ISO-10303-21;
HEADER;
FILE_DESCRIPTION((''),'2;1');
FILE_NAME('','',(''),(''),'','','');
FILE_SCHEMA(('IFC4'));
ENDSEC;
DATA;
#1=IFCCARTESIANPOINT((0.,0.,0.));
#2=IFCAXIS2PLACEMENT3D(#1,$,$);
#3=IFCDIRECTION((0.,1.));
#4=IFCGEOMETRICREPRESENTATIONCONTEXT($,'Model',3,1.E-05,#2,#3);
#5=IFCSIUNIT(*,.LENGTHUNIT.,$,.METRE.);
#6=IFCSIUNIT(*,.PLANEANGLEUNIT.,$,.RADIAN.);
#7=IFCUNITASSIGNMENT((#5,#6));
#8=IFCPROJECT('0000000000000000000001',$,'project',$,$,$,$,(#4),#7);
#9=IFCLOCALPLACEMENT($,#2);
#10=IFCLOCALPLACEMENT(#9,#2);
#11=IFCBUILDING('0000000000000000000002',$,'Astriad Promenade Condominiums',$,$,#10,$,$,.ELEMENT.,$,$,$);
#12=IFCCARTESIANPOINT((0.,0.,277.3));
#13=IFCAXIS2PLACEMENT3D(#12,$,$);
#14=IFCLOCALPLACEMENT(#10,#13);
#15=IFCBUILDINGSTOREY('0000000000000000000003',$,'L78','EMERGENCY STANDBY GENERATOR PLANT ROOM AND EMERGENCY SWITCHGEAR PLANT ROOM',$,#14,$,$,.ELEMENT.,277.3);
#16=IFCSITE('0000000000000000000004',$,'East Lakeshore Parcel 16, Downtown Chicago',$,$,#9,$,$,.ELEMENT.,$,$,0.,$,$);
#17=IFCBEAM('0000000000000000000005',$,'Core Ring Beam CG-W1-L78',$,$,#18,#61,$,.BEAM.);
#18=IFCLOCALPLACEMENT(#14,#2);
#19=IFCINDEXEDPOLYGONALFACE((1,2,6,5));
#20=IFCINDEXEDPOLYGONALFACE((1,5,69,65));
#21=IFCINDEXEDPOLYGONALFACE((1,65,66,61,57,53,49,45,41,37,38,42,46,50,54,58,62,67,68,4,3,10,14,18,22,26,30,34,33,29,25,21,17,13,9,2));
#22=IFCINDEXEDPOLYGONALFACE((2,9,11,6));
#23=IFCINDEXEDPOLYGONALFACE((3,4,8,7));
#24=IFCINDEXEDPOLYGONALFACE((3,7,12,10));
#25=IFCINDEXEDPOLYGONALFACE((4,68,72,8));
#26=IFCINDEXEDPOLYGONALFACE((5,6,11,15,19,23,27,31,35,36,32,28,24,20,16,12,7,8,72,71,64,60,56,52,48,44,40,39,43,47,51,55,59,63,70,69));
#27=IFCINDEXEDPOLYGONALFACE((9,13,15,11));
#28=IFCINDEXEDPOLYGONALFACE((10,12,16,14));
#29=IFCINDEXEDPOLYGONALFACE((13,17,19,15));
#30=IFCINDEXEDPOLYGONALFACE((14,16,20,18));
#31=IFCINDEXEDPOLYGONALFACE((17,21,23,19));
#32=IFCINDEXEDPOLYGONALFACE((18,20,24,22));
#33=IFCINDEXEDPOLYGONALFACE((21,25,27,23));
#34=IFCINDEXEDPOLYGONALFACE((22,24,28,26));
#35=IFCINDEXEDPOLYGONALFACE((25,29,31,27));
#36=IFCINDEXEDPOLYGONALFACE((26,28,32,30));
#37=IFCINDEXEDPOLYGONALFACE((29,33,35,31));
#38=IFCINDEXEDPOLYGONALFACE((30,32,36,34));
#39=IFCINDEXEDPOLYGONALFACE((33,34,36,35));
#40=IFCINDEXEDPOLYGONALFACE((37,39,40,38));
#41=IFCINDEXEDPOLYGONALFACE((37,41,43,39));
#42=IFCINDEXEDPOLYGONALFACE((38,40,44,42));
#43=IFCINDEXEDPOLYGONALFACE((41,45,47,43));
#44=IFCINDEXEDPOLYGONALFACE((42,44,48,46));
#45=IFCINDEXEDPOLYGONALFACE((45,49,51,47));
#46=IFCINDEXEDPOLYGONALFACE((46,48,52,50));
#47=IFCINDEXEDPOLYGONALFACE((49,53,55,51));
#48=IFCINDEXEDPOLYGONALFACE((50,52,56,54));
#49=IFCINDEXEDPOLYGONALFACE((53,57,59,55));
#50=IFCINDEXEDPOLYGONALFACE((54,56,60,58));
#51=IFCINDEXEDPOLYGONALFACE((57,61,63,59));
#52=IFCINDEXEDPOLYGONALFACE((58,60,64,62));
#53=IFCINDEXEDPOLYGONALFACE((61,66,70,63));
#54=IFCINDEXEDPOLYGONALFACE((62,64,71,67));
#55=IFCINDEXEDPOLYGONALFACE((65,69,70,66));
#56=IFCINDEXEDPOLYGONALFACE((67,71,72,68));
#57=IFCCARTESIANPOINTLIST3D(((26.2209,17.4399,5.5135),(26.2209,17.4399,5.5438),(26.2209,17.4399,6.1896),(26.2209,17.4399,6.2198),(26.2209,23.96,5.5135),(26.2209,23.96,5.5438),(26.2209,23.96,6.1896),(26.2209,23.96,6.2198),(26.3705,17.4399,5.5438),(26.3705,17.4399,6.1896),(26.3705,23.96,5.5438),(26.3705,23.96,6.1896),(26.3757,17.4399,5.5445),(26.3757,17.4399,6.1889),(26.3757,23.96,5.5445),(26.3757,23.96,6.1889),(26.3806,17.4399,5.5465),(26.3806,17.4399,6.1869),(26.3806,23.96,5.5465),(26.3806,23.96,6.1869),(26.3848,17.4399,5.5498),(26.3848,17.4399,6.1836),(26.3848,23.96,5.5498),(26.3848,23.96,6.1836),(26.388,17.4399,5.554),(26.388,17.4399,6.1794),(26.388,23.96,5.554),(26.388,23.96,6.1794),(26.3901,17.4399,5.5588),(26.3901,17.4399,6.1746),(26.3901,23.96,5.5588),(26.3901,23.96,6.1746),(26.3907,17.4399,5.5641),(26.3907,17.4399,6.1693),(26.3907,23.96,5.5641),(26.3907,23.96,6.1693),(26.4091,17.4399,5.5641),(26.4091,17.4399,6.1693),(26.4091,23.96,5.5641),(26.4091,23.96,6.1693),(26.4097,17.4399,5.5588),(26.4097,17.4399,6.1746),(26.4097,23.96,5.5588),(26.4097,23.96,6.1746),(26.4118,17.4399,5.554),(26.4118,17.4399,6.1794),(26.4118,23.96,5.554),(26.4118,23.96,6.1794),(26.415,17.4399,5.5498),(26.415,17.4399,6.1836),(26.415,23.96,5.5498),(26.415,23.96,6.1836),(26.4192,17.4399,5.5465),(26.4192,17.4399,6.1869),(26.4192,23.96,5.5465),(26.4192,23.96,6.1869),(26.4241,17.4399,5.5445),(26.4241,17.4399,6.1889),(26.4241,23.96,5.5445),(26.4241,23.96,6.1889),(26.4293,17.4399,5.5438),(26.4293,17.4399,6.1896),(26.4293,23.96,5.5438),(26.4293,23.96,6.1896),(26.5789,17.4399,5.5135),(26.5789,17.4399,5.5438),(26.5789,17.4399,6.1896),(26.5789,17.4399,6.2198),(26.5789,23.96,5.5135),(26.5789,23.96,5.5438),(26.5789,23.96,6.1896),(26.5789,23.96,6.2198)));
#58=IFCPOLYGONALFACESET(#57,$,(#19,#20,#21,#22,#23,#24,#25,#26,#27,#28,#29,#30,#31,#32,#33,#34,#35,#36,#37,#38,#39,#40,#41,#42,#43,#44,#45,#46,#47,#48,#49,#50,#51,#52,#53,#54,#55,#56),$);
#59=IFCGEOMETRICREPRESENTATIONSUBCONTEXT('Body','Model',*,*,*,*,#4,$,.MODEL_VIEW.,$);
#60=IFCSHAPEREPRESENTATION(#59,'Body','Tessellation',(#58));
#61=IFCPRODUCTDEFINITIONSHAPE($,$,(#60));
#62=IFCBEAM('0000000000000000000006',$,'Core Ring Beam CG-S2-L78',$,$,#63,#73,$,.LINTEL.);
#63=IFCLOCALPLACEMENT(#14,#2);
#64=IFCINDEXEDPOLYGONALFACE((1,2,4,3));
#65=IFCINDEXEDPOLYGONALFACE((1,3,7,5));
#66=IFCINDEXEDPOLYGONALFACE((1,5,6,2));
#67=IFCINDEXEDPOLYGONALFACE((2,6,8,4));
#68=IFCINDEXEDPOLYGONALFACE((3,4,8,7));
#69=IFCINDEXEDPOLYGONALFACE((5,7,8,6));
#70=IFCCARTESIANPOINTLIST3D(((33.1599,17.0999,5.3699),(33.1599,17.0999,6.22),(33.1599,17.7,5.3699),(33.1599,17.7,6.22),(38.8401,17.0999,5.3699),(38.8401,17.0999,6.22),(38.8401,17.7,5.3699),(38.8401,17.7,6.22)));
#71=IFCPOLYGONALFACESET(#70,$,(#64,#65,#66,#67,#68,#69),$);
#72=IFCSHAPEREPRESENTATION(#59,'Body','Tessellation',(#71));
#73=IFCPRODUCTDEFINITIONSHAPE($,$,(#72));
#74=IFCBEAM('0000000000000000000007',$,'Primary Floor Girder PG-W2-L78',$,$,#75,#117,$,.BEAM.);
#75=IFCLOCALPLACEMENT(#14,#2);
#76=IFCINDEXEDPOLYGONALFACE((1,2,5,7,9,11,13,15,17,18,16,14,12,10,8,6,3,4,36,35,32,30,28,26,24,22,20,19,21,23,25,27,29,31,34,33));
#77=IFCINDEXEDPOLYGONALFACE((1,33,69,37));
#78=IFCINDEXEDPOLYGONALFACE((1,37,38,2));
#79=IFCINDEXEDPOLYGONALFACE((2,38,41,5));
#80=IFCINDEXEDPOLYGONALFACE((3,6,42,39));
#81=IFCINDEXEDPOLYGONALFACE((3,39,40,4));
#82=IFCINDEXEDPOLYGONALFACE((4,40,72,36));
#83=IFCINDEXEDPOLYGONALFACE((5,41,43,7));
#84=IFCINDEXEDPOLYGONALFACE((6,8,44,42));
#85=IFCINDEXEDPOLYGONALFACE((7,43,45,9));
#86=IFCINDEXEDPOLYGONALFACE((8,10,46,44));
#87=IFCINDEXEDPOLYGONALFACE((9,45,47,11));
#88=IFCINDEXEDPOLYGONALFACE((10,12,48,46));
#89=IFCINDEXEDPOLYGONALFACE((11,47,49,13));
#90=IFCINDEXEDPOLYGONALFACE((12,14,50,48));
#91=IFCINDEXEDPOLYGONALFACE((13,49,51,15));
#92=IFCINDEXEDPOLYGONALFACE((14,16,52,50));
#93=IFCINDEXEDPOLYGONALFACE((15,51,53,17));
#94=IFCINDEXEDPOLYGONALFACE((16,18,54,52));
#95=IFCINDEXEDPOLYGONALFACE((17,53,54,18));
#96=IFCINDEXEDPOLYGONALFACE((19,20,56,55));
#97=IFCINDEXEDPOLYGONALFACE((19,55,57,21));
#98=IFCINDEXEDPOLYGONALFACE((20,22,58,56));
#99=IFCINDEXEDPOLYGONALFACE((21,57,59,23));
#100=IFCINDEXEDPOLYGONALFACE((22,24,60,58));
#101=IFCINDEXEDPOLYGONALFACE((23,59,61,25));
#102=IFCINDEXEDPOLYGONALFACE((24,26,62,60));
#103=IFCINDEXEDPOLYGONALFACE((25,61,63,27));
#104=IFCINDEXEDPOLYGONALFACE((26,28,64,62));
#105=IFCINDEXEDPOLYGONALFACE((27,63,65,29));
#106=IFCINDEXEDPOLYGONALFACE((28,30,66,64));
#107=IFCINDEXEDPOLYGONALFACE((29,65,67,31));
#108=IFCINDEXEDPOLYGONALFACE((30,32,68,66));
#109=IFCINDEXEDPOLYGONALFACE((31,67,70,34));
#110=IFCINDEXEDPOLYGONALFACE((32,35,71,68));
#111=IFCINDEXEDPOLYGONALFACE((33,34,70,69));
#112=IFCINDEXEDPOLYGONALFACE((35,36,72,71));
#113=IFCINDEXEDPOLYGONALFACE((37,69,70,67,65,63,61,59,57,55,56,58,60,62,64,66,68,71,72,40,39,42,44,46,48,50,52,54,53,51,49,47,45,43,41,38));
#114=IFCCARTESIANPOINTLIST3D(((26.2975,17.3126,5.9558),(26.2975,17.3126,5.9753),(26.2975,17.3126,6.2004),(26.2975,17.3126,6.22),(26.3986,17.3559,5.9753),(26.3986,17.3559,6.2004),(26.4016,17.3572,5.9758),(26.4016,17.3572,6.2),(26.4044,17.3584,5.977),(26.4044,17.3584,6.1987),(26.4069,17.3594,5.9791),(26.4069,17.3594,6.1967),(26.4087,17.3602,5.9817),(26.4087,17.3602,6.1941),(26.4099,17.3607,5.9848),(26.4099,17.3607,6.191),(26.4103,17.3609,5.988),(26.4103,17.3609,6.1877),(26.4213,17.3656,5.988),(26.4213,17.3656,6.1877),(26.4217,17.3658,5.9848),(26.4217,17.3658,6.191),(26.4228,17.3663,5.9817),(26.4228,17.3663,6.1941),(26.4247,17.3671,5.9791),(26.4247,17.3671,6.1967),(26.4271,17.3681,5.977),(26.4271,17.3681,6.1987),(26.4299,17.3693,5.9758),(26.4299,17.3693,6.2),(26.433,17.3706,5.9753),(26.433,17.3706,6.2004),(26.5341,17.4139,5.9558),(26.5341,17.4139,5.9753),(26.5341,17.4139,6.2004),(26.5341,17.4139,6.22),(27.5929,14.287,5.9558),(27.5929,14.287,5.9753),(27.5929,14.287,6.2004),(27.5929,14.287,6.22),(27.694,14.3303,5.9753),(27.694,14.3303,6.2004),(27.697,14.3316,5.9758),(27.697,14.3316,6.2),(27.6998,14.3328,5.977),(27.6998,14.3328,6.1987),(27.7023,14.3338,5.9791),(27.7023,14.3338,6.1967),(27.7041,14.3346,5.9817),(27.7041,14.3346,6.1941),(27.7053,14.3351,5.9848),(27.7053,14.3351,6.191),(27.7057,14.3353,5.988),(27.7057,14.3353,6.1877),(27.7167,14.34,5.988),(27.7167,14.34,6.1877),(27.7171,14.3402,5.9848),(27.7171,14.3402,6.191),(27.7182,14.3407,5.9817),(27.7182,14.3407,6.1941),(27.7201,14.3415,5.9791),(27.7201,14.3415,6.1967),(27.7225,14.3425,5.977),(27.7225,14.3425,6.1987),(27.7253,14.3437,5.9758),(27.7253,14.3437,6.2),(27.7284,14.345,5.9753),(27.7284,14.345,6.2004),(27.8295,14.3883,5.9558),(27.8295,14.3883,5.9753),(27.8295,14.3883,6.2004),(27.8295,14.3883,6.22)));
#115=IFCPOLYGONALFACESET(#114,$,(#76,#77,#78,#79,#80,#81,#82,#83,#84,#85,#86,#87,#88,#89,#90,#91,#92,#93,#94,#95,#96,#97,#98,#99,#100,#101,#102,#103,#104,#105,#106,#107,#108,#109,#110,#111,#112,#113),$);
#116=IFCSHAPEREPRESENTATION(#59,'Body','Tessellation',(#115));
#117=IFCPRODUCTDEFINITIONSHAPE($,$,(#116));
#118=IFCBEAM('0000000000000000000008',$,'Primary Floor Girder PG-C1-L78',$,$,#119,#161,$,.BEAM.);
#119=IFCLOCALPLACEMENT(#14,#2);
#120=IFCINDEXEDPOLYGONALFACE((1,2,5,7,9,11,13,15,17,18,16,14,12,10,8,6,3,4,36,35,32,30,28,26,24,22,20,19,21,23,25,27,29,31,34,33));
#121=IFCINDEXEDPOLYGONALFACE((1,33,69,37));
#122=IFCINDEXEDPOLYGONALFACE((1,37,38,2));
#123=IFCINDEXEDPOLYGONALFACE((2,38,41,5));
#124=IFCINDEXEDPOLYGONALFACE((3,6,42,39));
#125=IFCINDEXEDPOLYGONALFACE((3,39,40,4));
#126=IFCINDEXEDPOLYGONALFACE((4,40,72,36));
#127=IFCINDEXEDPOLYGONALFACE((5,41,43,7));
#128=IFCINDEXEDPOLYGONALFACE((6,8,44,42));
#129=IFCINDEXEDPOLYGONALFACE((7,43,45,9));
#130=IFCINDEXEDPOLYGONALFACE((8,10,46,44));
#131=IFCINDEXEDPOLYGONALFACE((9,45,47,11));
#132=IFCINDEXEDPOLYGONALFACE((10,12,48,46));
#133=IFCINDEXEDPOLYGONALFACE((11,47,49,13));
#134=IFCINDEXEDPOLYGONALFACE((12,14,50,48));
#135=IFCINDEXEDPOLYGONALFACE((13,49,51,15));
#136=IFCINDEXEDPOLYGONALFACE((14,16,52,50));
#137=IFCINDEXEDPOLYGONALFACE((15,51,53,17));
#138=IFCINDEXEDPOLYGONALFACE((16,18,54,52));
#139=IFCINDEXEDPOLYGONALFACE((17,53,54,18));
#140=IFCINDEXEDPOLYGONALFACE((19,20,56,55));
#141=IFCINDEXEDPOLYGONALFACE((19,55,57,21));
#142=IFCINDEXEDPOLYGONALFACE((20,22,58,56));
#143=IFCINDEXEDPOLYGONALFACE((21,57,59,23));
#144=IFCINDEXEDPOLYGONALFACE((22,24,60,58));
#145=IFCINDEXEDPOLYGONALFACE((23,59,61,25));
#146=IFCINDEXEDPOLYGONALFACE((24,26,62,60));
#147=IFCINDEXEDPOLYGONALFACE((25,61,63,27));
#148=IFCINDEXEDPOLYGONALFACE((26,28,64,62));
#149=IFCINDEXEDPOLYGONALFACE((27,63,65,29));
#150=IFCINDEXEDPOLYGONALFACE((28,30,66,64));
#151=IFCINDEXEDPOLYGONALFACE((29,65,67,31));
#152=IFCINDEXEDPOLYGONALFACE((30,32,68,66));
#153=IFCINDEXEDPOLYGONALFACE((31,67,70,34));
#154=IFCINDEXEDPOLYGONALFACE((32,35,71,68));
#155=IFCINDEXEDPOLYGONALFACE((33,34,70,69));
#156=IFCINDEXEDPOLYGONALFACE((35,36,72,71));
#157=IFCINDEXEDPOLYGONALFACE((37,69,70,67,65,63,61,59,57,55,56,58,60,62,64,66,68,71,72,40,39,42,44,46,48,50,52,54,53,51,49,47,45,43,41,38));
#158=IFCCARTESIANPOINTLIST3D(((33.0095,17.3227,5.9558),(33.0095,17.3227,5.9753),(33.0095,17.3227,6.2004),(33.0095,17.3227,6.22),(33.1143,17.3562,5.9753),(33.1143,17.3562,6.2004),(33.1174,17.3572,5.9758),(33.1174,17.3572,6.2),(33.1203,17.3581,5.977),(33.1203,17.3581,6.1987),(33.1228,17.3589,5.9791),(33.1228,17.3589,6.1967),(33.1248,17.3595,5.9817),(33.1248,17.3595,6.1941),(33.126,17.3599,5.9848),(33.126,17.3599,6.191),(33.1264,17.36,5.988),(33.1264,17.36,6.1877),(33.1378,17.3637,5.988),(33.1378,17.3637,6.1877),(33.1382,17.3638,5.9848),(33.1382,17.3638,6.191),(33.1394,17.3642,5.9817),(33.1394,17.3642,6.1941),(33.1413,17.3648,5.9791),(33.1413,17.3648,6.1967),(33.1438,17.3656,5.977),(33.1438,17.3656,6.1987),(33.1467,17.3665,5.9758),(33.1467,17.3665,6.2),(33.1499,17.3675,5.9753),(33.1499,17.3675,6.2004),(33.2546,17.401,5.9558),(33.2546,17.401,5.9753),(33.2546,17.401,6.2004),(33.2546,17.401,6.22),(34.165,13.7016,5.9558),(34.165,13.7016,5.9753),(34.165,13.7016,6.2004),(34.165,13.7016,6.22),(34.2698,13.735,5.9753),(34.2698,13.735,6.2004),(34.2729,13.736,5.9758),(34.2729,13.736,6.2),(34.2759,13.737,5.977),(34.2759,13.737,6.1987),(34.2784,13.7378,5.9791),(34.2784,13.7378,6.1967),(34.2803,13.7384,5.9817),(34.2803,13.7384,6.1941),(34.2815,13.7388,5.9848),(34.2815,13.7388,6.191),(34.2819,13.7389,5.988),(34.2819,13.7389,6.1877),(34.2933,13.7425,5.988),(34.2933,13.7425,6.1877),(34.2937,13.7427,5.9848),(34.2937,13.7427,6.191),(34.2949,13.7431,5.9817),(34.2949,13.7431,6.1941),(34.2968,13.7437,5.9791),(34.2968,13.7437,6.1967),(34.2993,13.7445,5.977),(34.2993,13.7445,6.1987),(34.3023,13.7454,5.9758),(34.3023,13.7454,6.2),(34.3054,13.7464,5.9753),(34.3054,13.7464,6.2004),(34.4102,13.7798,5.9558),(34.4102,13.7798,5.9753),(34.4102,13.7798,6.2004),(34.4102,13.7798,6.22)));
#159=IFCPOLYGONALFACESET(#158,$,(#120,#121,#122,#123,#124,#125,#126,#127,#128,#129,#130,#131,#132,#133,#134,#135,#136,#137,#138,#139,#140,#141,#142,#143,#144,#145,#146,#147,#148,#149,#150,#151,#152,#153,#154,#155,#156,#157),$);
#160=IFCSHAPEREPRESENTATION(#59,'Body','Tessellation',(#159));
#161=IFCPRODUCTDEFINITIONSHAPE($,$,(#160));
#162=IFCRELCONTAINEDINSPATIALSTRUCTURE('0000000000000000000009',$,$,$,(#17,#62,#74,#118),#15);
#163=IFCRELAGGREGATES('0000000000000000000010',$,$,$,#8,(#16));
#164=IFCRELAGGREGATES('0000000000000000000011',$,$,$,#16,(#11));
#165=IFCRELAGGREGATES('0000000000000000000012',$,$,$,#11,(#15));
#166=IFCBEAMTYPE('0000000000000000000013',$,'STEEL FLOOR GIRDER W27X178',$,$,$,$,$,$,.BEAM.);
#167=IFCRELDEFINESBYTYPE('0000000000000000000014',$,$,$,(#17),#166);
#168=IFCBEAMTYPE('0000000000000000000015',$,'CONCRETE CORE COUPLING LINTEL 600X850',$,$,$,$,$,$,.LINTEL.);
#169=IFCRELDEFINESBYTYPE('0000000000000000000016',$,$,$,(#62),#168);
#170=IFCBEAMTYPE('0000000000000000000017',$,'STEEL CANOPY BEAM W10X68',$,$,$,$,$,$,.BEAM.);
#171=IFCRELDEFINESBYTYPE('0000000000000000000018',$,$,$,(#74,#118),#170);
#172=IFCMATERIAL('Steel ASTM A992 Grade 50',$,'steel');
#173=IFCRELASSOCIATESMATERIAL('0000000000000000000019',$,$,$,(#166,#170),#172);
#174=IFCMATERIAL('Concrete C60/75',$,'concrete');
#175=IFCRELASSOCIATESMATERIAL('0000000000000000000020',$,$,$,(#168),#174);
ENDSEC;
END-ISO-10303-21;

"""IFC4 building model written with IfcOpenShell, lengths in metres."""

from ifc_helpers import new_model, si_unit, direction, frame, origin, origin_2d, place, context, subcontext, project, spatial, rectangle, i_section, extrude, source, transform, mapped, material, material_profile, profile_set, type_object, type_shapes, element, save


model = new_model("IFC4")

# Units and contexts
model_context = context("Model", 3, precision=1e-05, world=origin(), true_north=direction((0.0, 1.0)))
body_context = subcontext(model_context, "Body", "Model", "MODEL_VIEW")
ifc_project = project(units=[si_unit("LENGTHUNIT", "METRE"), si_unit("PLANEANGLEUNIT", "RADIAN")], contexts=[model_context])

# Site, building, storey
site_placement = place(None, origin())
site = spatial("IfcSite", under=ifc_project, at=site_placement, Name="East Lakeshore Parcel 16, Downtown Chicago", CompositionType="ELEMENT", RefElevation=0.0)
building_placement = place(site_placement, origin())
building = spatial("IfcBuilding", under=site, at=building_placement, Name="Astriad Promenade Condominiums", CompositionType="ELEMENT")
storey_placement = place(building_placement, frame((0.0, 0.0, 277.3)))
storey = spatial("IfcBuildingStorey", under=building, at=storey_placement, Name="L78", Description="EMERGENCY STANDBY GENERATOR PLANT ROOM AND EMERGENCY SWITCHGEAR PLANT ROOM", CompositionType="ELEMENT", Elevation=277.3)

# Shared definitions
ifc_material_1 = material(Name="Steel ASTM A992 Grade 50", Category="steel")
ifc_material_2 = material(Name="Concrete C60/75", Category="concrete")

# Beams
ifc_material_profile_1 = material_profile(ifc_material_1, i_section(OverallWidth=0.3579, OverallDepth=0.7063, WebThickness=0.0183, FlangeThickness=0.0303, FilletRadius=0.0203, at=origin_2d()), Name="W27X178")
ifc_profile_set_1 = profile_set([ifc_material_profile_1], Name="Steel ASTM A992 Grade 50")
beam_type_1 = type_object("IfcBeamType", Name="STEEL FLOOR GIRDER W27X178", PredefinedType="BEAM", material=ifc_profile_set_1)
shared_shape_1 = source(origin(), body_context, "Body", "SweptSolid", [
    extrude(i_section(OverallWidth=0.3579, OverallDepth=0.7063, WebThickness=0.0183, FlangeThickness=0.0303, FilletRadius=0.0203, at=origin_2d()), origin(), (0.0, 0.0, 1.0), 6.52),
])
type_shapes(beam_type_1, [shared_shape_1])
beam_1_placement = place(storey_placement, frame((26.3999, 17.4399, 5.8667), z_axis=(0.0, 1.0, 0.0), x_axis=(-1.0, 0.0, 0.0)))
element("IfcBeam", 1, at=beam_1_placement, inside=storey, type_object=beam_type_1, Name="Core Ring Beam CG-W1-L78", PredefinedType="BEAM", context=body_context, shape_type="MappedRepresentation", body=[
    mapped(shared_shape_1, transform((0.0, 0.0, 0.0), scale=1.0)),
])
ifc_material_profile_2 = material_profile(ifc_material_2, rectangle(XDim=0.6001, YDim=0.8501, at=origin_2d()), Name="RC-BM-600X850")
ifc_profile_set_2 = profile_set([ifc_material_profile_2], Name="Concrete C60/75")
beam_type_2 = type_object("IfcBeamType", Name="CONCRETE CORE COUPLING LINTEL 600X850", PredefinedType="LINTEL", material=ifc_profile_set_2)
shared_shape_2 = source(origin(), body_context, "Body", "SweptSolid", [
    extrude(rectangle(XDim=0.6001, YDim=0.8501, at=origin_2d()), origin(), (0.0, 0.0, 1.0), 5.6802),
])
type_shapes(beam_type_2, [shared_shape_2])
beam_2_placement = place(storey_placement, frame((33.1599, 17.3999, 5.7949), z_axis=(1.0, 0.0, 0.0), x_axis=(0.0, 1.0, 0.0)))
element("IfcBeam", 2, at=beam_2_placement, inside=storey, type_object=beam_type_2, Name="Core Ring Beam CG-S2-L78", PredefinedType="LINTEL", context=body_context, shape_type="MappedRepresentation", body=[
    mapped(shared_shape_2, transform((0.0, 0.0, 0.0), scale=1.0)),
])
ifc_material_profile_3 = material_profile(ifc_material_1, i_section(OverallWidth=0.2573, OverallDepth=0.2642, WebThickness=0.012, FlangeThickness=0.0195, FilletRadius=0.0127, at=origin_2d()), Name="W10X68")
ifc_profile_set_3 = profile_set([ifc_material_profile_3], Name="Steel ASTM A992 Grade 50")
beam_type_3 = type_object("IfcBeamType", Name="STEEL CANOPY BEAM W10X68", PredefinedType="BEAM", material=ifc_profile_set_3)
shared_shape_3 = source(origin(), body_context, "Body", "SweptSolid", [
    extrude(i_section(OverallWidth=0.2573, OverallDepth=0.2642, WebThickness=0.012, FlangeThickness=0.0195, FilletRadius=0.0127, at=origin_2d()), origin(), (0.0, 0.0, 1.0), 3.2913),
])
beam_3_placement = place(storey_placement, frame((27.7112, 14.3376, 6.0879), z_axis=(-0.393588, 0.919287, 0.0), x_axis=(-0.919287, -0.393588, 0.0)))
element("IfcBeam", 3, at=beam_3_placement, inside=storey, type_object=beam_type_3, Name="Primary Floor Girder PG-W2-L78", PredefinedType="BEAM", context=body_context, shape_type="MappedRepresentation", body=[
    mapped(shared_shape_3, transform((0.0, 0.0, 0.0), scale=1.0)),
])
shared_shape_4 = source(origin(), body_context, "Body", "SweptSolid", [
    extrude(i_section(OverallWidth=0.2573, OverallDepth=0.2642, WebThickness=0.012, FlangeThickness=0.0195, FilletRadius=0.0127, at=origin_2d()), origin(), (0.0, 0.0, 1.0), 3.801),
])
type_shapes(beam_type_3, [shared_shape_3, shared_shape_4])
beam_4_placement = place(storey_placement, frame((34.2876, 13.7407, 6.0879), z_axis=(-0.304004, 0.952671, 0.0), x_axis=(-0.952671, -0.304004, 0.0)))
element("IfcBeam", 4, at=beam_4_placement, inside=storey, type_object=beam_type_3, Name="Primary Floor Girder PG-C1-L78", PredefinedType="BEAM", context=body_context, shape_type="MappedRepresentation", body=[
    mapped(shared_shape_4, transform((0.0, 0.0, 0.0), scale=1.0)),
])

save(model, "model.ifc")
